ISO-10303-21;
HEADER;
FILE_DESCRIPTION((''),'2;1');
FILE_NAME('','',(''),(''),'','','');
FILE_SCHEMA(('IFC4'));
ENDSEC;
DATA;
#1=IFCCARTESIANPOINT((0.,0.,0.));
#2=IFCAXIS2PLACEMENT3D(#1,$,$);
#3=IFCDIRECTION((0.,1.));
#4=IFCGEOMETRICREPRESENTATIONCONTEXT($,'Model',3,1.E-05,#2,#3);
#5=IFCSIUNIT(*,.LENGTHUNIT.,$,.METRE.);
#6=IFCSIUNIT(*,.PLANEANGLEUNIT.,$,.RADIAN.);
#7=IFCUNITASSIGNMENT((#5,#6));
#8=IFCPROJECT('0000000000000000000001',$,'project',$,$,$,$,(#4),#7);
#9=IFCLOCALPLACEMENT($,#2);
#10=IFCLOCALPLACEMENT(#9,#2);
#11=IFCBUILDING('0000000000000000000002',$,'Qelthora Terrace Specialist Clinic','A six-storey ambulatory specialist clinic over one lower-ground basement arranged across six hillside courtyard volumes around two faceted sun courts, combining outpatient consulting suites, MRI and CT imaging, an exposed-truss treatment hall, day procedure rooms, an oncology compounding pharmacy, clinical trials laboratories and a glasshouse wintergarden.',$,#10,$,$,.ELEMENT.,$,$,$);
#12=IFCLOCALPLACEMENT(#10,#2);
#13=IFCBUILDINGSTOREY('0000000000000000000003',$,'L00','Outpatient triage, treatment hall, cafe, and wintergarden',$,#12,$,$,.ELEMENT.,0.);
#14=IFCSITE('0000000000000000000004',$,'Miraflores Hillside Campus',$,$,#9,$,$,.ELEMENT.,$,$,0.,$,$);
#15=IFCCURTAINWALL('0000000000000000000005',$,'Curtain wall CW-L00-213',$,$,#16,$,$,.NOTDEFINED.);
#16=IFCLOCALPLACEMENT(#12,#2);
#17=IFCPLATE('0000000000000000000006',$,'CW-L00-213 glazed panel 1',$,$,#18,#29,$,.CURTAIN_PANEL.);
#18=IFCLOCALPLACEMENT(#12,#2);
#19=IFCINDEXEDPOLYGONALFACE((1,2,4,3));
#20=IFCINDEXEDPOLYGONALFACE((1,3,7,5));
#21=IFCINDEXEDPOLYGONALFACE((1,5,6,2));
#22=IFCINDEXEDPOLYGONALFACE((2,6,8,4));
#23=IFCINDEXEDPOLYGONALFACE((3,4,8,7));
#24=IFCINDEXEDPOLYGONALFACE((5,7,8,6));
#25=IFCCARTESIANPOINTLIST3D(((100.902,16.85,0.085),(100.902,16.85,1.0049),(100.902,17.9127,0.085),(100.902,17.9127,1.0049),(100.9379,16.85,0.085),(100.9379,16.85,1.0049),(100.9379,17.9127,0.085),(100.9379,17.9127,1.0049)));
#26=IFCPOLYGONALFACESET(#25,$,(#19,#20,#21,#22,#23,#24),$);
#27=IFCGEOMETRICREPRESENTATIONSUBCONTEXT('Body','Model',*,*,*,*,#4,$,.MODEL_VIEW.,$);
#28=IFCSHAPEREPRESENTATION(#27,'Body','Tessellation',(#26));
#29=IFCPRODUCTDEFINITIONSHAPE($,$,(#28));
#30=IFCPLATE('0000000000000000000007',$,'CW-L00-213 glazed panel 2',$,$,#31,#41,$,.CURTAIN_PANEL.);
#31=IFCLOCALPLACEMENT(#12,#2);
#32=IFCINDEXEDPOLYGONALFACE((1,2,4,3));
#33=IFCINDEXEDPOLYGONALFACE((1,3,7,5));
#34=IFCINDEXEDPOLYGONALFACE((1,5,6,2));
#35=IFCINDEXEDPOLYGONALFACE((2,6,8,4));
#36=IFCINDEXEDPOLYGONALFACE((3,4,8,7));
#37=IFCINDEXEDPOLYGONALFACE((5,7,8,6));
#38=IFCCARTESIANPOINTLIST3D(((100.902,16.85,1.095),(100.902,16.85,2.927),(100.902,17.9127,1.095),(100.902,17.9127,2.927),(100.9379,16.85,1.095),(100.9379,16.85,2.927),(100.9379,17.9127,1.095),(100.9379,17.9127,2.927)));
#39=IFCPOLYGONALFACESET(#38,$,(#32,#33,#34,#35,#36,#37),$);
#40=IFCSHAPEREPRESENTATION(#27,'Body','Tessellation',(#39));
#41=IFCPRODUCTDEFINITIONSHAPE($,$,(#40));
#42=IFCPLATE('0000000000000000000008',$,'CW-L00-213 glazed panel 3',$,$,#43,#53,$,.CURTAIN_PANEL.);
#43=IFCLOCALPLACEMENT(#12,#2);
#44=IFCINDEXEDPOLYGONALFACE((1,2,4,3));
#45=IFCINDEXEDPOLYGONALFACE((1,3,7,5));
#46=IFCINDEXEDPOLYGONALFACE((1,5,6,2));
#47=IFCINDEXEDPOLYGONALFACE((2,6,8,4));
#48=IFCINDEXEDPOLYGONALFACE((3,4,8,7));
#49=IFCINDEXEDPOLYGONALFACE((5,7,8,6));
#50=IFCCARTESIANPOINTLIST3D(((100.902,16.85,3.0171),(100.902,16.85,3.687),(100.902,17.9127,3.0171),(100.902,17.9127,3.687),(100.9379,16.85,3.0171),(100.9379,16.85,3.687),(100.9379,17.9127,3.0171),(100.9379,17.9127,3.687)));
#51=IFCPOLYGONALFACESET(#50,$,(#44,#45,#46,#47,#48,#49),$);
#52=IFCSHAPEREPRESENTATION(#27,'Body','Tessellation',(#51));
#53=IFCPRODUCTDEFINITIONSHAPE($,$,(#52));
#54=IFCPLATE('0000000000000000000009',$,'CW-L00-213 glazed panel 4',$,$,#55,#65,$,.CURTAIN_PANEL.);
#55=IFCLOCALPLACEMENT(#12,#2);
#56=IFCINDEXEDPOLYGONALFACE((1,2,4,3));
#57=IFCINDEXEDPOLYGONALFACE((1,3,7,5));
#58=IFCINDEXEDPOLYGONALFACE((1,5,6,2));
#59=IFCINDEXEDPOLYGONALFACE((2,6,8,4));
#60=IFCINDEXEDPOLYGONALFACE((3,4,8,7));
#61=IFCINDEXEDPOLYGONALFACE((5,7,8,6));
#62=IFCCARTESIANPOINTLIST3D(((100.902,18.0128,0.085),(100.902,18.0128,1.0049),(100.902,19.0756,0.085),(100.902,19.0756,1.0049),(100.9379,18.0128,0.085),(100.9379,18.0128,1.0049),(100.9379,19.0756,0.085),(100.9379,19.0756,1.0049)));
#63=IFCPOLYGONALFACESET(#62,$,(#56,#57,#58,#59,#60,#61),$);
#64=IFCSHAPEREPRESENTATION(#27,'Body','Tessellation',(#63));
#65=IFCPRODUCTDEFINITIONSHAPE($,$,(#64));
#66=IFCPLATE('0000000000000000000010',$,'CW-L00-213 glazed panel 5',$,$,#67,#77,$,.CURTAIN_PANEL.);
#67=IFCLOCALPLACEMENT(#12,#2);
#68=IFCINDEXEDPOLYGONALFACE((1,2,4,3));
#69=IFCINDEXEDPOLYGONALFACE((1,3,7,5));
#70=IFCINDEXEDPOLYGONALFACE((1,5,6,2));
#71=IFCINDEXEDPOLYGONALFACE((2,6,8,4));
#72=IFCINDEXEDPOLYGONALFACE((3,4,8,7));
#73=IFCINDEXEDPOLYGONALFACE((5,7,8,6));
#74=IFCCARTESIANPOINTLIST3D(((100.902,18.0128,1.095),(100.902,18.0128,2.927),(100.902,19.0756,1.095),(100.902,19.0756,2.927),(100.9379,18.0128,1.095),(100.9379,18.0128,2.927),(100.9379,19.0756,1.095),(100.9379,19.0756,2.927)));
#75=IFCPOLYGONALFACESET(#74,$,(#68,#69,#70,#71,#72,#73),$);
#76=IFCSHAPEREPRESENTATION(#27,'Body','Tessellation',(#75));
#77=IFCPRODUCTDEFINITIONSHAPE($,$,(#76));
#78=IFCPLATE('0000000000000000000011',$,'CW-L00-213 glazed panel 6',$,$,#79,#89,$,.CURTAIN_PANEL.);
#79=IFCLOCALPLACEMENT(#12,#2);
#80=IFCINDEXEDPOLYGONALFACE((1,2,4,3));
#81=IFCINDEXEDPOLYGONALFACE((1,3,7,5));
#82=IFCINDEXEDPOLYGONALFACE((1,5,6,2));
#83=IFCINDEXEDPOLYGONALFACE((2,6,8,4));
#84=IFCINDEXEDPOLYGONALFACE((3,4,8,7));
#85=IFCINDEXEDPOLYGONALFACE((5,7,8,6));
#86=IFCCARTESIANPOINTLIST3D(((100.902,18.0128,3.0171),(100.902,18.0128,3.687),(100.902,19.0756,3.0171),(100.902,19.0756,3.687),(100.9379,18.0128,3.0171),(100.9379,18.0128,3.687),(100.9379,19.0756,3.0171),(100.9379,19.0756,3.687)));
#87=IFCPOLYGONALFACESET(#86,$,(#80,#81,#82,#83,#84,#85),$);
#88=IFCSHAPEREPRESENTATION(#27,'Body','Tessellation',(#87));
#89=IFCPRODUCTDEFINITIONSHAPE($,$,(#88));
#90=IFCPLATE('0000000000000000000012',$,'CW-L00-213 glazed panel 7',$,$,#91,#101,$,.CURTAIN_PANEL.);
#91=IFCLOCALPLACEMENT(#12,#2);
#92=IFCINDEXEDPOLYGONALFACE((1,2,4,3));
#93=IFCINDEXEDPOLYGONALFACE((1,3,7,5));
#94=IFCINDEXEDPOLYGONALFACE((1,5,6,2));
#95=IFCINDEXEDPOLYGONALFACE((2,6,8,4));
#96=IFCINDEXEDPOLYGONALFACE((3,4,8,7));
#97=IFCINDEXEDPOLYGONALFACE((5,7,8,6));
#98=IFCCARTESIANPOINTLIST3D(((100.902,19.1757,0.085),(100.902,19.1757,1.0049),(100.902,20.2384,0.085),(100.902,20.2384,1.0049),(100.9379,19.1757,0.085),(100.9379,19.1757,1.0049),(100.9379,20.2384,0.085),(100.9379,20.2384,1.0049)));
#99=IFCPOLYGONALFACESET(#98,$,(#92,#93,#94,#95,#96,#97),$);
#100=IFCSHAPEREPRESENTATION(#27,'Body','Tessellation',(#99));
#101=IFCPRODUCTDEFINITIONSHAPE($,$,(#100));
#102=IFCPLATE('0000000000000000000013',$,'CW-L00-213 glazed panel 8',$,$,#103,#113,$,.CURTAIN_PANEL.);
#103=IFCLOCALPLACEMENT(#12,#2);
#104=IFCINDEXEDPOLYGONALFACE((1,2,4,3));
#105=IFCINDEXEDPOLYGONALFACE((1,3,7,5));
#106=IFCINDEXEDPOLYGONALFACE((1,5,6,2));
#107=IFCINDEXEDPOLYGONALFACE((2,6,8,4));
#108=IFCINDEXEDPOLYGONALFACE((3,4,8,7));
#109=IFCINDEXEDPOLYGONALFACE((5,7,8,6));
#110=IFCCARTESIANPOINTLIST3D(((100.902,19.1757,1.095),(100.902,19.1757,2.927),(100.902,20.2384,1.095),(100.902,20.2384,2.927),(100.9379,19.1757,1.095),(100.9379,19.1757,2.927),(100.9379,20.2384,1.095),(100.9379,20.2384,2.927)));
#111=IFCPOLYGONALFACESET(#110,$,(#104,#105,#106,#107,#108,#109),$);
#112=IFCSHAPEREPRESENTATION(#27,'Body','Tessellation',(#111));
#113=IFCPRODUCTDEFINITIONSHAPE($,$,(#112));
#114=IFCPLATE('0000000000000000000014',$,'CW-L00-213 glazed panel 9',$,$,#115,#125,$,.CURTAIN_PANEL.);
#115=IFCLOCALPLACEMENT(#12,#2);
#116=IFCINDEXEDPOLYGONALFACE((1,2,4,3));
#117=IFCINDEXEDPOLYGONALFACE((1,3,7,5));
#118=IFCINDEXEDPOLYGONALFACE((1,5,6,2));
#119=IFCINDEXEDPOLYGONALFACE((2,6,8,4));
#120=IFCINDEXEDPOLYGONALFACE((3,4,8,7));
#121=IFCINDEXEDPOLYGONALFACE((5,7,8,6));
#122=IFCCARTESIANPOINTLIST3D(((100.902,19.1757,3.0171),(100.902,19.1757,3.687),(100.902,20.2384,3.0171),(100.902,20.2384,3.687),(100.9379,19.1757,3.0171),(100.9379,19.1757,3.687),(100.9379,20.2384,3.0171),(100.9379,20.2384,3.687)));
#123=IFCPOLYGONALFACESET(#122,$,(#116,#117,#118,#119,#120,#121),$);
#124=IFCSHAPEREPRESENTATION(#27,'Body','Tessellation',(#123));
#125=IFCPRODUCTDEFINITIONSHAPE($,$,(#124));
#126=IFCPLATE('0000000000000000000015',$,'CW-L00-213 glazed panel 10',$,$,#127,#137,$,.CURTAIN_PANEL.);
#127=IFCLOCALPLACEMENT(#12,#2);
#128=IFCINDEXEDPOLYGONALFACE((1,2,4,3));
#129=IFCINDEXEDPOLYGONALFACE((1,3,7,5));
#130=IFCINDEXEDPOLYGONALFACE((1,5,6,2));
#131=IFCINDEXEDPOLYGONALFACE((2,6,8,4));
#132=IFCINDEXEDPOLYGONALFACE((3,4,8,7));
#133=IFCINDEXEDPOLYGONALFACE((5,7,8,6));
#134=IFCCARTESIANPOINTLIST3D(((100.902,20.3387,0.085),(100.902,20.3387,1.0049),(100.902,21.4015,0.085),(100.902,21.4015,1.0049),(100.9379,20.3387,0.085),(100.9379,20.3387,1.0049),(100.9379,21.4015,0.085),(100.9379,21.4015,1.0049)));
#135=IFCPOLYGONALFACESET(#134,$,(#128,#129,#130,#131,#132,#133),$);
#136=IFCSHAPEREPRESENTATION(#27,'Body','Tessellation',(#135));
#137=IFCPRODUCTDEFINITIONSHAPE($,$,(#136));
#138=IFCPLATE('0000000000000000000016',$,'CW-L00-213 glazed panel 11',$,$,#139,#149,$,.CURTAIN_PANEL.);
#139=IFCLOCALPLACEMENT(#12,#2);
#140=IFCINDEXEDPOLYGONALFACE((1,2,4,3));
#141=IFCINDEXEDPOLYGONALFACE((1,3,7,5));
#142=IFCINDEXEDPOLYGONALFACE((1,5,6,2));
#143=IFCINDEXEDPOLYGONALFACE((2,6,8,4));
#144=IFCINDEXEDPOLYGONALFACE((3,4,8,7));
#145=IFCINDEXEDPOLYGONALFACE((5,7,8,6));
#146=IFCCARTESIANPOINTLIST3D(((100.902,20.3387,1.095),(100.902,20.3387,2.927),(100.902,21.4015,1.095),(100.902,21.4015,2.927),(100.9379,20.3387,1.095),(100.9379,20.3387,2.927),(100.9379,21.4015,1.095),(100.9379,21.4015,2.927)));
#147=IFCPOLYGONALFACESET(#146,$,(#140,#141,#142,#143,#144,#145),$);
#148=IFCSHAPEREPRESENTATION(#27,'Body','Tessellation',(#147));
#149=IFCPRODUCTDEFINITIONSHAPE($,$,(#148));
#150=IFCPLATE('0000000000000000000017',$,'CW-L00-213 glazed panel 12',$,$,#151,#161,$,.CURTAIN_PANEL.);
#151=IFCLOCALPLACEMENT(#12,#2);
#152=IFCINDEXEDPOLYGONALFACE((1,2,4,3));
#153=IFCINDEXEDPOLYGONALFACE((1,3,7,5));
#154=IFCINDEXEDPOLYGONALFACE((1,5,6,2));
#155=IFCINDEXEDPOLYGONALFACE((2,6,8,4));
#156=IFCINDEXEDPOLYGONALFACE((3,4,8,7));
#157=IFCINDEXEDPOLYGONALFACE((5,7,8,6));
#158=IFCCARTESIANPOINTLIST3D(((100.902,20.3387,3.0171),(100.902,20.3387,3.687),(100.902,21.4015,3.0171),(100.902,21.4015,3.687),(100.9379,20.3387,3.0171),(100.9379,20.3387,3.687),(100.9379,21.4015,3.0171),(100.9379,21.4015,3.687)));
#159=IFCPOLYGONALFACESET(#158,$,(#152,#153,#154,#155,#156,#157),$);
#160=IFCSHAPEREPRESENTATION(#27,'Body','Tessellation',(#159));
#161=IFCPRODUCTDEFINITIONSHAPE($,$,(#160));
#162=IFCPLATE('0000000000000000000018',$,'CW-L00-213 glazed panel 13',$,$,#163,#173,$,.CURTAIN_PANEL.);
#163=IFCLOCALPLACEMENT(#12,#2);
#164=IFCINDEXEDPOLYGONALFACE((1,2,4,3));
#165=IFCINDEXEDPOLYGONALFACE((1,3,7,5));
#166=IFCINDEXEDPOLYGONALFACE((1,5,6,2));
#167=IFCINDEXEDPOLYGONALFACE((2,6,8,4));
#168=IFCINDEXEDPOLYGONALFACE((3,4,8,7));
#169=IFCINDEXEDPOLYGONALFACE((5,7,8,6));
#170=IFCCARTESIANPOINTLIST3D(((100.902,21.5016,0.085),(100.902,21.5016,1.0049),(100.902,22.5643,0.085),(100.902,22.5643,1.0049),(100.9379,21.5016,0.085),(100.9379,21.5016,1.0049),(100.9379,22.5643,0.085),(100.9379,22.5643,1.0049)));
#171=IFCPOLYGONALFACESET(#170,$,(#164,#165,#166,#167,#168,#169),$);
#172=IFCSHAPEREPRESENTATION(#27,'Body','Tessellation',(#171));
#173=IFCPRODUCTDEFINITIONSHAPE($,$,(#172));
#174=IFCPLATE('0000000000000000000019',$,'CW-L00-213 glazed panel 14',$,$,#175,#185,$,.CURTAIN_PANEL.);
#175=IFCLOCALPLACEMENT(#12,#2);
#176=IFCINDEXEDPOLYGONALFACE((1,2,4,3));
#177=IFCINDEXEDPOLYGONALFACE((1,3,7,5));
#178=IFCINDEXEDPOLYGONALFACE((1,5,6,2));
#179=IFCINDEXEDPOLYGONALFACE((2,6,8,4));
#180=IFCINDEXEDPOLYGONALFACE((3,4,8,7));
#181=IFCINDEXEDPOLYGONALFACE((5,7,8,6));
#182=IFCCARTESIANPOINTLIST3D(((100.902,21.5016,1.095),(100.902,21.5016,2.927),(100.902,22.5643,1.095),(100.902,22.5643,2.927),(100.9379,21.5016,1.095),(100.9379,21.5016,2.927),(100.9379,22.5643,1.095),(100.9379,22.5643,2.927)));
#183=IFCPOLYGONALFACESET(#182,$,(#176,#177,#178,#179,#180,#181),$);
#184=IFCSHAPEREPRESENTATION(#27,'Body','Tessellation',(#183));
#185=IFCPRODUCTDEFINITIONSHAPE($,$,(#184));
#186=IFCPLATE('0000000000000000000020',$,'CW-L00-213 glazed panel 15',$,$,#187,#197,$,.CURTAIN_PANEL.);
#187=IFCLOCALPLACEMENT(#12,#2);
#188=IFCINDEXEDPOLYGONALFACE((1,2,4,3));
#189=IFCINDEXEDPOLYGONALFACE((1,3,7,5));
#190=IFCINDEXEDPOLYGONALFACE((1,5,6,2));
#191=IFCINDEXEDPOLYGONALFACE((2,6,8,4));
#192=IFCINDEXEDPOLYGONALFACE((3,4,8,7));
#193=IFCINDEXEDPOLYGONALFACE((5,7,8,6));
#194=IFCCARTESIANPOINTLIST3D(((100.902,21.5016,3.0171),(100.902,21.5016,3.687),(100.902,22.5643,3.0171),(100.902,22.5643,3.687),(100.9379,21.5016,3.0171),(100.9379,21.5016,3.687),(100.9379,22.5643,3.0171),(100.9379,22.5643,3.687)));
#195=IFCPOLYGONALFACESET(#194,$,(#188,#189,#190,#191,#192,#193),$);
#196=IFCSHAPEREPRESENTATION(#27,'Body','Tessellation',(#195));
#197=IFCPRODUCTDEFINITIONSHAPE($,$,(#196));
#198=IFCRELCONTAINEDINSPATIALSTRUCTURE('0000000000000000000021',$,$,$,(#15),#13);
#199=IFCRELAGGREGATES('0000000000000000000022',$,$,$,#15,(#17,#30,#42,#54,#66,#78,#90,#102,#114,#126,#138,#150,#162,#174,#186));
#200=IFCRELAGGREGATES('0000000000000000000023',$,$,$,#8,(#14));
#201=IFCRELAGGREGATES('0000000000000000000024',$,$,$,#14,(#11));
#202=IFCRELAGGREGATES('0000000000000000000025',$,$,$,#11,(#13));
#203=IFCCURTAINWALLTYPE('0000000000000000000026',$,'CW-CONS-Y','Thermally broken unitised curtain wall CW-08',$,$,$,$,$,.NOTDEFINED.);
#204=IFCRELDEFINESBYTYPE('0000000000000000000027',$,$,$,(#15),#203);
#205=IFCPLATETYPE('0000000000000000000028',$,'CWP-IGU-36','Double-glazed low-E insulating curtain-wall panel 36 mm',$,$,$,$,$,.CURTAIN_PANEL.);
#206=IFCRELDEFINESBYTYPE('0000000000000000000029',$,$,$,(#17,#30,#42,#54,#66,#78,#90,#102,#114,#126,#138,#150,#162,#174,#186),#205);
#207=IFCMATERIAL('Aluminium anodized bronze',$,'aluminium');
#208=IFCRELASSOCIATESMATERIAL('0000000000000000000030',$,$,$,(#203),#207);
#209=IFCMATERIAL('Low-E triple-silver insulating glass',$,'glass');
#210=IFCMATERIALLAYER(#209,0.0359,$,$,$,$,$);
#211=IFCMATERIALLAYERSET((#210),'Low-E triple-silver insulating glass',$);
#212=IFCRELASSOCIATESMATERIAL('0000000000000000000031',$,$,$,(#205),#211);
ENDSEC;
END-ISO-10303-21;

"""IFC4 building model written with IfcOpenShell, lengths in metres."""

from ifc_helpers import new_model, si_unit, direction, frame, origin, origin_2d, place, context, subcontext, project, spatial, rectangle, extrude, material, layer, layer_set, type_object, element, aggregate, save


model = new_model("IFC4")

# Units and contexts
model_context = context("Model", 3, precision=1e-05, world=origin(), true_north=direction((0.0, 1.0)))
body_context = subcontext(model_context, "Body", "Model", "MODEL_VIEW")
ifc_project = project(units=[si_unit("LENGTHUNIT", "METRE"), si_unit("PLANEANGLEUNIT", "RADIAN")], contexts=[model_context])

# Site, building, storey
site_placement = place(None, origin())
site = spatial("IfcSite", under=ifc_project, at=site_placement, Name="Miraflores Hillside Campus", CompositionType="ELEMENT", RefElevation=0.0)
building_placement = place(site_placement, origin())
building = spatial("IfcBuilding", under=site, at=building_placement, Name="Qelthora Terrace Specialist Clinic", Description="A six-storey ambulatory specialist clinic over one lower-ground basement arranged across six hillside courtyard volumes around two faceted sun courts, combining outpatient consulting suites, MRI and CT imaging, an exposed-truss treatment hall, day procedure rooms, an oncology compounding pharmacy, clinical trials laboratories and a glasshouse wintergarden.", CompositionType="ELEMENT")
storey_placement = place(building_placement, origin())
storey = spatial("IfcBuildingStorey", under=building, at=storey_placement, Name="L00", Description="Outpatient triage, treatment hall, cafe, and wintergarden", CompositionType="ELEMENT", Elevation=0.0)

# Curtain wall, plates
ifc_material_1 = material(Name="Aluminium anodized bronze", Category="aluminium")
curtain_wall_type = type_object("IfcCurtainWallType", Name="CW-CONS-Y", Description="Thermally broken unitised curtain wall CW-08", PredefinedType="NOTDEFINED", material=ifc_material_1)
curtain_wall_placement = place(storey_placement, origin())
curtain_wall = element("IfcCurtainWall", 1, at=curtain_wall_placement, inside=storey, type_object=curtain_wall_type, Name="Curtain wall CW-L00-213", PredefinedType="NOTDEFINED")
ifc_material_2 = material(Name="Low-E triple-silver insulating glass", Category="glass")
ifc_layer_1 = layer(ifc_material_2, 0.0359)
ifc_layer_set_1 = layer_set([ifc_layer_1], Name="Low-E triple-silver insulating glass")
plate_type_1 = type_object("IfcPlateType", Name="CWP-IGU-36", Description="Double-glazed low-E insulating curtain-wall panel 36 mm", PredefinedType="CURTAIN_PANEL", material=ifc_layer_set_1)
plate_1_placement = place(storey_placement, frame((100.9199, 17.3813, 0.085), z_axis=(0.0, 0.0, 1.0), x_axis=(0.0, 1.0, 0.0)))
plate_1 = element("IfcPlate", 2, at=plate_1_placement, type_object=plate_type_1, Name="CW-L00-213 glazed panel 1", PredefinedType="CURTAIN_PANEL", context=body_context, shape_type="SweptSolid", body=[
    extrude(rectangle(XDim=1.0627, YDim=0.0359, at=origin_2d()), origin(), (0.0, 0.0, 1.0), 0.9199),
])
plate_2_placement = place(storey_placement, frame((100.9199, 17.3813, 1.095), z_axis=(0.0, 0.0, 1.0), x_axis=(0.0, 1.0, 0.0)))
plate_2 = element("IfcPlate", 3, at=plate_2_placement, type_object=plate_type_1, Name="CW-L00-213 glazed panel 2", PredefinedType="CURTAIN_PANEL", context=body_context, shape_type="SweptSolid", body=[
    extrude(rectangle(XDim=1.0627, YDim=0.0359, at=origin_2d()), origin(), (0.0, 0.0, 1.0), 1.832),
])
plate_3_placement = place(storey_placement, frame((100.9199, 17.3813, 3.0171), z_axis=(0.0, 0.0, 1.0), x_axis=(0.0, 1.0, 0.0)))
plate_3 = element("IfcPlate", 4, at=plate_3_placement, type_object=plate_type_1, Name="CW-L00-213 glazed panel 3", PredefinedType="CURTAIN_PANEL", context=body_context, shape_type="SweptSolid", body=[
    extrude(rectangle(XDim=1.0627, YDim=0.0359, at=origin_2d()), origin(), (0.0, 0.0, 1.0), 0.6699),
])
plate_4_placement = place(storey_placement, frame((100.9199, 18.5442, 0.085), z_axis=(0.0, 0.0, 1.0), x_axis=(0.0, 1.0, 0.0)))
plate_4 = element("IfcPlate", 5, at=plate_4_placement, type_object=plate_type_1, Name="CW-L00-213 glazed panel 4", PredefinedType="CURTAIN_PANEL", context=body_context, shape_type="SweptSolid", body=[
    extrude(rectangle(XDim=1.0627, YDim=0.0359, at=origin_2d()), origin(), (0.0, 0.0, 1.0), 0.9199),
])
plate_5_placement = place(storey_placement, frame((100.9199, 18.5442, 1.095), z_axis=(0.0, 0.0, 1.0), x_axis=(0.0, 1.0, 0.0)))
plate_5 = element("IfcPlate", 6, at=plate_5_placement, type_object=plate_type_1, Name="CW-L00-213 glazed panel 5", PredefinedType="CURTAIN_PANEL", context=body_context, shape_type="SweptSolid", body=[
    extrude(rectangle(XDim=1.0627, YDim=0.0359, at=origin_2d()), origin(), (0.0, 0.0, 1.0), 1.832),
])
plate_6_placement = place(storey_placement, frame((100.9199, 18.5442, 3.0171), z_axis=(0.0, 0.0, 1.0), x_axis=(0.0, 1.0, 0.0)))
plate_6 = element("IfcPlate", 7, at=plate_6_placement, type_object=plate_type_1, Name="CW-L00-213 glazed panel 6", PredefinedType="CURTAIN_PANEL", context=body_context, shape_type="SweptSolid", body=[
    extrude(rectangle(XDim=1.0627, YDim=0.0359, at=origin_2d()), origin(), (0.0, 0.0, 1.0), 0.6699),
])
plate_7_placement = place(storey_placement, frame((100.9199, 19.707, 0.085), z_axis=(0.0, 0.0, 1.0), x_axis=(0.0, 1.0, 0.0)))
plate_7 = element("IfcPlate", 8, at=plate_7_placement, type_object=plate_type_1, Name="CW-L00-213 glazed panel 7", PredefinedType="CURTAIN_PANEL", context=body_context, shape_type="SweptSolid", body=[
    extrude(rectangle(XDim=1.0627, YDim=0.0359, at=origin_2d()), origin(), (0.0, 0.0, 1.0), 0.9199),
])
plate_8_placement = place(storey_placement, frame((100.9199, 19.707, 1.095), z_axis=(0.0, 0.0, 1.0), x_axis=(0.0, 1.0, 0.0)))
plate_8 = element("IfcPlate", 9, at=plate_8_placement, type_object=plate_type_1, Name="CW-L00-213 glazed panel 8", PredefinedType="CURTAIN_PANEL", context=body_context, shape_type="SweptSolid", body=[
    extrude(rectangle(XDim=1.0627, YDim=0.0359, at=origin_2d()), origin(), (0.0, 0.0, 1.0), 1.832),
])
plate_9_placement = place(storey_placement, frame((100.9199, 19.707, 3.0171), z_axis=(0.0, 0.0, 1.0), x_axis=(0.0, 1.0, 0.0)))
plate_9 = element("IfcPlate", 10, at=plate_9_placement, type_object=plate_type_1, Name="CW-L00-213 glazed panel 9", PredefinedType="CURTAIN_PANEL", context=body_context, shape_type="SweptSolid", body=[
    extrude(rectangle(XDim=1.0627, YDim=0.0359, at=origin_2d()), origin(), (0.0, 0.0, 1.0), 0.6699),
])
plate_10_placement = place(storey_placement, frame((100.9199, 20.8701, 0.085), z_axis=(0.0, 0.0, 1.0), x_axis=(0.0, 1.0, 0.0)))
plate_10 = element("IfcPlate", 11, at=plate_10_placement, type_object=plate_type_1, Name="CW-L00-213 glazed panel 10", PredefinedType="CURTAIN_PANEL", context=body_context, shape_type="SweptSolid", body=[
    extrude(rectangle(XDim=1.0627, YDim=0.0359, at=origin_2d()), origin(), (0.0, 0.0, 1.0), 0.9199),
])
plate_11_placement = place(storey_placement, frame((100.9199, 20.8701, 1.095), z_axis=(0.0, 0.0, 1.0), x_axis=(0.0, 1.0, 0.0)))
plate_11 = element("IfcPlate", 12, at=plate_11_placement, type_object=plate_type_1, Name="CW-L00-213 glazed panel 11", PredefinedType="CURTAIN_PANEL", context=body_context, shape_type="SweptSolid", body=[
    extrude(rectangle(XDim=1.0627, YDim=0.0359, at=origin_2d()), origin(), (0.0, 0.0, 1.0), 1.832),
])
plate_12_placement = place(storey_placement, frame((100.9199, 20.8701, 3.0171), z_axis=(0.0, 0.0, 1.0), x_axis=(0.0, 1.0, 0.0)))
plate_12 = element("IfcPlate", 13, at=plate_12_placement, type_object=plate_type_1, Name="CW-L00-213 glazed panel 12", PredefinedType="CURTAIN_PANEL", context=body_context, shape_type="SweptSolid", body=[
    extrude(rectangle(XDim=1.0627, YDim=0.0359, at=origin_2d()), origin(), (0.0, 0.0, 1.0), 0.6699),
])
plate_13_placement = place(storey_placement, frame((100.9199, 22.033, 0.085), z_axis=(0.0, 0.0, 1.0), x_axis=(0.0, 1.0, 0.0)))
plate_13 = element("IfcPlate", 14, at=plate_13_placement, type_object=plate_type_1, Name="CW-L00-213 glazed panel 13", PredefinedType="CURTAIN_PANEL", context=body_context, shape_type="SweptSolid", body=[
    extrude(rectangle(XDim=1.0627, YDim=0.0359, at=origin_2d()), origin(), (0.0, 0.0, 1.0), 0.9199),
])
plate_14_placement = place(storey_placement, frame((100.9199, 22.033, 1.095), z_axis=(0.0, 0.0, 1.0), x_axis=(0.0, 1.0, 0.0)))
plate_14 = element("IfcPlate", 15, at=plate_14_placement, type_object=plate_type_1, Name="CW-L00-213 glazed panel 14", PredefinedType="CURTAIN_PANEL", context=body_context, shape_type="SweptSolid", body=[
    extrude(rectangle(XDim=1.0627, YDim=0.0359, at=origin_2d()), origin(), (0.0, 0.0, 1.0), 1.832),
])
plate_15_placement = place(storey_placement, frame((100.9199, 22.033, 3.0171), z_axis=(0.0, 0.0, 1.0), x_axis=(0.0, 1.0, 0.0)))
plate_15 = element("IfcPlate", 16, at=plate_15_placement, type_object=plate_type_1, Name="CW-L00-213 glazed panel 15", PredefinedType="CURTAIN_PANEL", context=body_context, shape_type="SweptSolid", body=[
    extrude(rectangle(XDim=1.0627, YDim=0.0359, at=origin_2d()), origin(), (0.0, 0.0, 1.0), 0.6699),
])
aggregate(curtain_wall, [plate_1, plate_2, plate_3, plate_4, plate_5, plate_6, plate_7, plate_8, plate_9, plate_10, plate_11, plate_12, plate_13, plate_14, plate_15])

save(model, "model.ifc")
